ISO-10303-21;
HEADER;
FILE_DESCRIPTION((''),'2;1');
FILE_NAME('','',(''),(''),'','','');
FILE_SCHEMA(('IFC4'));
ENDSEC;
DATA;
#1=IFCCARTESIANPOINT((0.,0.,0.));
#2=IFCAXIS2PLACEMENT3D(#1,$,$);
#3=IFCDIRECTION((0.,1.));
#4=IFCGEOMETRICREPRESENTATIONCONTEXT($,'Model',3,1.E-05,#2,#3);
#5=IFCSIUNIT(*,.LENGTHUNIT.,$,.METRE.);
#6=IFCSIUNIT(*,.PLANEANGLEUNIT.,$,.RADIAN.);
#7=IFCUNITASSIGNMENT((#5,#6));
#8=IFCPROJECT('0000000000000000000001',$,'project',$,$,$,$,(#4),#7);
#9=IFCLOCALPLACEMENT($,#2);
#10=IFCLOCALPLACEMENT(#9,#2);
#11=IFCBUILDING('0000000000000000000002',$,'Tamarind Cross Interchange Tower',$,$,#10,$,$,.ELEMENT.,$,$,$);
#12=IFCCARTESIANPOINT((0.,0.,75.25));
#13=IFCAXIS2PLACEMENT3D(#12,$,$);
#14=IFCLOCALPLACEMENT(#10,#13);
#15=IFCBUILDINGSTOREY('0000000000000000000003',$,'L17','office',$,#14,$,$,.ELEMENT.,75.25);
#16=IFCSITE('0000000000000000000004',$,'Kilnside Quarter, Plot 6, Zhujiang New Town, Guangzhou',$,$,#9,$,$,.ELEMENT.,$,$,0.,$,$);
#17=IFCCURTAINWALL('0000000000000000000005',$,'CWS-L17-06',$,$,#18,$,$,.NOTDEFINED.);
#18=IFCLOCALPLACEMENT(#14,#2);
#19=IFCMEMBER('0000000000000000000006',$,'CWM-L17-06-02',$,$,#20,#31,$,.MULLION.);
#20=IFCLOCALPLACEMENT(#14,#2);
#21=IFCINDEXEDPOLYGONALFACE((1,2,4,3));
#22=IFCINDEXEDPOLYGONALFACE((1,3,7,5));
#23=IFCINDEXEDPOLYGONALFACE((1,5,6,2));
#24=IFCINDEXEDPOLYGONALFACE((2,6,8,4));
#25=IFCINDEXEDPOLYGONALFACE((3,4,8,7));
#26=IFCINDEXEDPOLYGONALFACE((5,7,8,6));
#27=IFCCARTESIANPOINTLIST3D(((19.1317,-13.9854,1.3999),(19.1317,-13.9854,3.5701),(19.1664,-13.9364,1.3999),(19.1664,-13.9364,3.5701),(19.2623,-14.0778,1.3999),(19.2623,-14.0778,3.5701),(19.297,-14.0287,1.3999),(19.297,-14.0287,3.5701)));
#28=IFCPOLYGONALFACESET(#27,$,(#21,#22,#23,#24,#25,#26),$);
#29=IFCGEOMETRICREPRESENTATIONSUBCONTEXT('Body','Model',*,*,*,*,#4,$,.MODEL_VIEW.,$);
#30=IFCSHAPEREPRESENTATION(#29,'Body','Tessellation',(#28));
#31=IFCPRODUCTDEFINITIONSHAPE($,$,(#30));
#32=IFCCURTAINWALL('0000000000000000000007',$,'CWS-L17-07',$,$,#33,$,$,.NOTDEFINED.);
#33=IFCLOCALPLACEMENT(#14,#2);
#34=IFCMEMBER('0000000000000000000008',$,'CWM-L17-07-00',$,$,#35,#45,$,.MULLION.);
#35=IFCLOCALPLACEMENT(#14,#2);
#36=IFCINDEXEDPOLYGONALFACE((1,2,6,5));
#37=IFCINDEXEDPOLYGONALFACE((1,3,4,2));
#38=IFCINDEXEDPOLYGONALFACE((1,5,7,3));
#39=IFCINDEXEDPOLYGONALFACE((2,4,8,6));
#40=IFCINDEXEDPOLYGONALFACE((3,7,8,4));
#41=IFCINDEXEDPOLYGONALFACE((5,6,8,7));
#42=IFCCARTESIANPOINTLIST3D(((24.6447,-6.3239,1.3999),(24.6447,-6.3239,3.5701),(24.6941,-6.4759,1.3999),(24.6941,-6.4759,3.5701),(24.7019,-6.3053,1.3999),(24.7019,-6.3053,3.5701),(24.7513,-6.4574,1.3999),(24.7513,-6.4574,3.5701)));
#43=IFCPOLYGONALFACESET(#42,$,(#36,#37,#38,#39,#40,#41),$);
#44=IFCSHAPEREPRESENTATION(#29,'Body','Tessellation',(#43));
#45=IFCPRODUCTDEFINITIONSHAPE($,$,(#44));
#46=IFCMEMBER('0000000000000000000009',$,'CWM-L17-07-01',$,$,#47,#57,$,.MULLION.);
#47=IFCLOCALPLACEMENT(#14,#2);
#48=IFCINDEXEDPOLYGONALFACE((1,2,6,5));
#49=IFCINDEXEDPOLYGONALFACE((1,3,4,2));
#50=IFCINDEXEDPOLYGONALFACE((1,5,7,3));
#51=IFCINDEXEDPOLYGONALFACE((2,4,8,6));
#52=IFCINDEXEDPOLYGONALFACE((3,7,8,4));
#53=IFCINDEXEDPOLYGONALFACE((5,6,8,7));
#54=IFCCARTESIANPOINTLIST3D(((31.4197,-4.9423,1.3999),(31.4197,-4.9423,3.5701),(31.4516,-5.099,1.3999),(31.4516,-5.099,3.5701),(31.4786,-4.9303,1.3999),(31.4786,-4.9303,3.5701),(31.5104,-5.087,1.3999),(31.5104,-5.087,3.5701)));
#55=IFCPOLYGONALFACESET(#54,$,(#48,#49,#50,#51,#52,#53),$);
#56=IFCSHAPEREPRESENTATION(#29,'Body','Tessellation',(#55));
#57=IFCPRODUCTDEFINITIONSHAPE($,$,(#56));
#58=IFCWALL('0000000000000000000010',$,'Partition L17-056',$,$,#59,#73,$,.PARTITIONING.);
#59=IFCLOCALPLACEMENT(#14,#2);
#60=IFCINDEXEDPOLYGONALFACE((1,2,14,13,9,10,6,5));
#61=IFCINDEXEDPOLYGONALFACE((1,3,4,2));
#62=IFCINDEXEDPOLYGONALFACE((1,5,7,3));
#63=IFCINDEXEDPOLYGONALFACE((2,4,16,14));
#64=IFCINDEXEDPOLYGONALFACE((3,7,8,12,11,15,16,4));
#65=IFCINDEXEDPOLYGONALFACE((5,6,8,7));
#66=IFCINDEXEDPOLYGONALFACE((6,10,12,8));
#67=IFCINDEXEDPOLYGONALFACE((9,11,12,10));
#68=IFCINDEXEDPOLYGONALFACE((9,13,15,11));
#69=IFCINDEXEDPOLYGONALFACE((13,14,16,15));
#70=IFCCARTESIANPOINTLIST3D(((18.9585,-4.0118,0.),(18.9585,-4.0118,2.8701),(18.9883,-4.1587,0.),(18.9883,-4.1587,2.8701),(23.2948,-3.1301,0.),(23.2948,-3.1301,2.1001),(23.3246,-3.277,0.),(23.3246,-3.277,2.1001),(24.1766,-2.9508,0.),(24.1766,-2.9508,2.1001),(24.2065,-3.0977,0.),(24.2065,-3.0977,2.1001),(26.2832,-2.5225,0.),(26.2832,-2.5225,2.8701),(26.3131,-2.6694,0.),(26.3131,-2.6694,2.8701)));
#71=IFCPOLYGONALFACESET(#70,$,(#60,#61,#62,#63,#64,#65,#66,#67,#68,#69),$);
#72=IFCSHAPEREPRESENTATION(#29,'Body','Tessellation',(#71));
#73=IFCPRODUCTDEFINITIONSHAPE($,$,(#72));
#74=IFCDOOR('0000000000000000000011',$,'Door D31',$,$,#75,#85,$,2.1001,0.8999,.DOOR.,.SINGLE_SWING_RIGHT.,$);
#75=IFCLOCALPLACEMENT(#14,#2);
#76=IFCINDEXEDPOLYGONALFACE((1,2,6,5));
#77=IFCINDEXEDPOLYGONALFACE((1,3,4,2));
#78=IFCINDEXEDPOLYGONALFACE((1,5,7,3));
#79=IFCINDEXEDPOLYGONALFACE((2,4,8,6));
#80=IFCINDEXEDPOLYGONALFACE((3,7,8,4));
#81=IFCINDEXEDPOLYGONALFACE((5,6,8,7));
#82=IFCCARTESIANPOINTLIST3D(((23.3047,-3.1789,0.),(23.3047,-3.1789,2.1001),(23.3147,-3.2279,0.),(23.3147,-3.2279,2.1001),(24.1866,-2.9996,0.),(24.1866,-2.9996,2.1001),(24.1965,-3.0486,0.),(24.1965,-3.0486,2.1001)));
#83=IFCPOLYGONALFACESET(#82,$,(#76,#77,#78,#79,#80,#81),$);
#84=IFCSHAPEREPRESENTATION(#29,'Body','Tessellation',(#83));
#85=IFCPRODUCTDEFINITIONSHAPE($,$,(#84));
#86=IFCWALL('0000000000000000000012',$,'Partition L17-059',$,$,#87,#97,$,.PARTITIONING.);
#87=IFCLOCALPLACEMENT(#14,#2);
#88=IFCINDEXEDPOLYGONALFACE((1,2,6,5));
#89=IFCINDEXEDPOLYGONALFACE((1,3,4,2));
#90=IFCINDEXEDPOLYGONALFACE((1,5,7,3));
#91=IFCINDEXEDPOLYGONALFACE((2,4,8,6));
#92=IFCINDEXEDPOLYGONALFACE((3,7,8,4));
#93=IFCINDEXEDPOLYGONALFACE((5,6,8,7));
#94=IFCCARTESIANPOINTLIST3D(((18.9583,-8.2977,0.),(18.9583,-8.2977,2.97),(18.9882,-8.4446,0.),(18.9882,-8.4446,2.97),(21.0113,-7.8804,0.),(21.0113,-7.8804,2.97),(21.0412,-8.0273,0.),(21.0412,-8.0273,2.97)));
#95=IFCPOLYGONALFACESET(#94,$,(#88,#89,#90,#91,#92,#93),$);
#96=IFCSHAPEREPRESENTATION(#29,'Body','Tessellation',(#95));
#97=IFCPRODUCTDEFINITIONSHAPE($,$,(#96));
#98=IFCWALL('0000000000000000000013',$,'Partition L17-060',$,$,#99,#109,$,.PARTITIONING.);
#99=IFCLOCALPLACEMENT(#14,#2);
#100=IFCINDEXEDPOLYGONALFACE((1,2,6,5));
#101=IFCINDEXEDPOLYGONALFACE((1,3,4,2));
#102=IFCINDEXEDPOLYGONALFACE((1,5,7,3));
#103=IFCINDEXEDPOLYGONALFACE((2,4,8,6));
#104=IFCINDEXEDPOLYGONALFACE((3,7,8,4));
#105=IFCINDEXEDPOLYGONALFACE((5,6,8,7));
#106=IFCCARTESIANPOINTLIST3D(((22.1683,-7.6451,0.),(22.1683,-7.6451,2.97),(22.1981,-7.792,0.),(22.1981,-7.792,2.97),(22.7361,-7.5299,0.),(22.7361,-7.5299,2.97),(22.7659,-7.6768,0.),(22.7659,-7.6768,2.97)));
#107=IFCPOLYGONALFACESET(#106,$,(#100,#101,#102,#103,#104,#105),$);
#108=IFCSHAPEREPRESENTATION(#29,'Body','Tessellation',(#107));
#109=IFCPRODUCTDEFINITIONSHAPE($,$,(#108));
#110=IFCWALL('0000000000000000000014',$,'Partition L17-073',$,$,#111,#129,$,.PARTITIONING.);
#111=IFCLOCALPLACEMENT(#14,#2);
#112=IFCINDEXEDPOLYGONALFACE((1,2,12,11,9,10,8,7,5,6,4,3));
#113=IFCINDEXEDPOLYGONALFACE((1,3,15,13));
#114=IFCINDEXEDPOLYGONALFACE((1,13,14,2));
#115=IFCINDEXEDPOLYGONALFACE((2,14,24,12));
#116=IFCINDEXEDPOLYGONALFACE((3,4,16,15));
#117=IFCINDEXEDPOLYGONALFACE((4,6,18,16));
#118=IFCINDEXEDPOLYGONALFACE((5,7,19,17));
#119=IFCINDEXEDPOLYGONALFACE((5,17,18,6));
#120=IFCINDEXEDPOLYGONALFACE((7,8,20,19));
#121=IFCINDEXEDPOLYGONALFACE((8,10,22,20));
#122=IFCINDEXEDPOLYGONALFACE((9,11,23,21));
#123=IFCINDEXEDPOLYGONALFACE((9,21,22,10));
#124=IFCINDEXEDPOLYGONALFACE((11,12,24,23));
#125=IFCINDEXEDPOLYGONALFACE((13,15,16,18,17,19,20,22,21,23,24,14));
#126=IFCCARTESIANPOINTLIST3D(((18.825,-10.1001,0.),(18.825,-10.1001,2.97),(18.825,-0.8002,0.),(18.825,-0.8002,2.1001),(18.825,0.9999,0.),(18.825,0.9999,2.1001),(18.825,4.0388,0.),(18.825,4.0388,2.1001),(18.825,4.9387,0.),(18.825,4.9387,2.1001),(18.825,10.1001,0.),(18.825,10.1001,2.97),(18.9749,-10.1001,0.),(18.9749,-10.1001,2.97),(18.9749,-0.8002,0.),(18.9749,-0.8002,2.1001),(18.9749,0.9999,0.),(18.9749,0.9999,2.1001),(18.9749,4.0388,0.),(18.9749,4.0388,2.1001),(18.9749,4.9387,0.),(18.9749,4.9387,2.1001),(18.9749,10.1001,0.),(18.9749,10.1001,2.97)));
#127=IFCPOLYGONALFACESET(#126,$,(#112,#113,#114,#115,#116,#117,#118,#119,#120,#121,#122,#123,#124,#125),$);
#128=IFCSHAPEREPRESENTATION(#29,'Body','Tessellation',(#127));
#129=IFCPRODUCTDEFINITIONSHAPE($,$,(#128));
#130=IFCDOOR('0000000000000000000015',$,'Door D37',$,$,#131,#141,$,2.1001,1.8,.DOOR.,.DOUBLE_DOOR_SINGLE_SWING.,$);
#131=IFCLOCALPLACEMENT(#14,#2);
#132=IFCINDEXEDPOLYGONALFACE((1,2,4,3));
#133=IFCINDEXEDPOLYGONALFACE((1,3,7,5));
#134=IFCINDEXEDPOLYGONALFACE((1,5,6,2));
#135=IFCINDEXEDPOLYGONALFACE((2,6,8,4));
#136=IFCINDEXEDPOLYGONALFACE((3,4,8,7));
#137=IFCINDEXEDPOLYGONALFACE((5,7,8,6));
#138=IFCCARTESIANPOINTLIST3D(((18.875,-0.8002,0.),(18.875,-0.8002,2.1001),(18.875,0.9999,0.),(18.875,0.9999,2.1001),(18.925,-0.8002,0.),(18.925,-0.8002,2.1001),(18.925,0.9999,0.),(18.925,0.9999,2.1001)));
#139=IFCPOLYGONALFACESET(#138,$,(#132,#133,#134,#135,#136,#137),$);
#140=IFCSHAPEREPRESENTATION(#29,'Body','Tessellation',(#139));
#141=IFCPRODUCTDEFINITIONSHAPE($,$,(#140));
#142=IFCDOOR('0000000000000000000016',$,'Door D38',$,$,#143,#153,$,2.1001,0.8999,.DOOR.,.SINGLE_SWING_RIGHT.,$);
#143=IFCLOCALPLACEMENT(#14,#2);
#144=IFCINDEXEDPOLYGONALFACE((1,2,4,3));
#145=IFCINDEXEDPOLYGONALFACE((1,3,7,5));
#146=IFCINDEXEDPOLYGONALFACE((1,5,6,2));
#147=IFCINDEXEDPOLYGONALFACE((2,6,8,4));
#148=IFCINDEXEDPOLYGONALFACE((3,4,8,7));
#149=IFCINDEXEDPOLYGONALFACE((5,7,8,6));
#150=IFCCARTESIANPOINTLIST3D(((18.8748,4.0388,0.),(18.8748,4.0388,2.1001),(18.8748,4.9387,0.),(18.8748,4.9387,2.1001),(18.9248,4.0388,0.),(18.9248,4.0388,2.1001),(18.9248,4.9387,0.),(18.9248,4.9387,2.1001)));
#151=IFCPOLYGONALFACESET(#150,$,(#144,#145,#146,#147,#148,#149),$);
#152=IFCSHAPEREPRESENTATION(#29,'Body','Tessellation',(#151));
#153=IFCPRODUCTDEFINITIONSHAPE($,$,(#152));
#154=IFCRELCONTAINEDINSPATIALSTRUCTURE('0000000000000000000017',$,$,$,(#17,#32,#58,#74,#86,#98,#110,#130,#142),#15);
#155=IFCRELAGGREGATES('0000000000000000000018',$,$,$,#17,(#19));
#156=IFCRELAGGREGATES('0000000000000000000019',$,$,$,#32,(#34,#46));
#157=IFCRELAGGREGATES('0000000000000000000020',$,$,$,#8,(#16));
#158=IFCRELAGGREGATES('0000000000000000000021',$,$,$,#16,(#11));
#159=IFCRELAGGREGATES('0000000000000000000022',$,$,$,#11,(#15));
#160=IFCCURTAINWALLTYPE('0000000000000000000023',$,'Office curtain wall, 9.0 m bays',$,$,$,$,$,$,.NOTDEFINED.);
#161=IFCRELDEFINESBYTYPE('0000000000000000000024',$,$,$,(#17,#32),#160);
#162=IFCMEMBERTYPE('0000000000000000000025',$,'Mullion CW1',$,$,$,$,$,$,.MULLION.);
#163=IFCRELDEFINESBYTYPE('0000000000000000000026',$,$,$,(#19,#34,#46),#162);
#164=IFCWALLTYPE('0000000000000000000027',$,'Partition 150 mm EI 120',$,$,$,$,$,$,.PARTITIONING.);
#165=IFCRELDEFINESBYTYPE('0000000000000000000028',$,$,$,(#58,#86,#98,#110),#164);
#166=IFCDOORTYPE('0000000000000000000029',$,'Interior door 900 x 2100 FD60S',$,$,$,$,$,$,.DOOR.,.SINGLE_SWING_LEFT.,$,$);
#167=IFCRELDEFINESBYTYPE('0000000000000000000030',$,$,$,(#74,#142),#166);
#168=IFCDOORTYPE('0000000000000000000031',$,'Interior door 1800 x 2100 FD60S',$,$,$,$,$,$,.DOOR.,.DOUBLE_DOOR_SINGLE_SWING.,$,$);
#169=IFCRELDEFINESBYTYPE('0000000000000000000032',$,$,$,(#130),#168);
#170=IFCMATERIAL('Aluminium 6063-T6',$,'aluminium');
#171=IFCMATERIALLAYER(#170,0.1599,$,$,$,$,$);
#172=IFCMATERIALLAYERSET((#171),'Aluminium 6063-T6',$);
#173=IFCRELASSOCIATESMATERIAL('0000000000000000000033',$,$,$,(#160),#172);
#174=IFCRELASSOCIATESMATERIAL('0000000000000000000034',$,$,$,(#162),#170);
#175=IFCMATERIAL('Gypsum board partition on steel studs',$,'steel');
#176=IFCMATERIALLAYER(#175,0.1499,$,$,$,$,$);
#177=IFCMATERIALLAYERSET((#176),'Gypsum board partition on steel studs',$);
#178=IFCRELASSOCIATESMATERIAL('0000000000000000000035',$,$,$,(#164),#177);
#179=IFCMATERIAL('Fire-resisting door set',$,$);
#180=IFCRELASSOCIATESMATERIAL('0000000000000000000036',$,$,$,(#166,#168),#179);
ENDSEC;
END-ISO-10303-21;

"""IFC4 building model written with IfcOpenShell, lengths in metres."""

from ifc_helpers import new_model, si_unit, direction, frame, frame_2d, origin, origin_2d, place, context, subcontext, project, spatial, rectangle, extrude, material, layer, layer_set, material_profile, profile_set, type_object, element, fill, aggregate, save


model = new_model("IFC4")

# Units and contexts
model_context = context("Model", 3, precision=1e-05, world=origin(), true_north=direction((0.0, 1.0)))
body_context = subcontext(model_context, "Body", "Model", "MODEL_VIEW")
ifc_project = project(units=[si_unit("LENGTHUNIT", "METRE"), si_unit("PLANEANGLEUNIT", "RADIAN")], contexts=[model_context])

# Site, building, storey
site_placement = place(None, origin())
site = spatial("IfcSite", under=ifc_project, at=site_placement, Name="Kilnside Quarter, Plot 6, Zhujiang New Town, Guangzhou", CompositionType="ELEMENT", RefElevation=0.0)
building_placement = place(site_placement, origin())
building = spatial("IfcBuilding", under=site, at=building_placement, Name="Tamarind Cross Interchange Tower", CompositionType="ELEMENT")
storey_placement = place(building_placement, frame((0.0, 0.0, 75.25)))
storey = spatial("IfcBuildingStorey", under=building, at=storey_placement, Name="L17", Description="office", CompositionType="ELEMENT", Elevation=75.25)

# Curtain wall, member
ifc_material_1 = material(Name="Aluminium 6063-T6", Category="aluminium")
ifc_layer_1 = layer(ifc_material_1, 0.1599)
ifc_layer_set_1 = layer_set([ifc_layer_1], Name="Aluminium 6063-T6")
curtain_wall_type = type_object("IfcCurtainWallType", Name="Office curtain wall, 9.0 m bays", PredefinedType="NOTDEFINED", material=ifc_layer_set_1)
curtain_wall_1_placement = place(storey_placement, origin())
curtain_wall_1 = element("IfcCurtainWall", 1, at=curtain_wall_1_placement, inside=storey, type_object=curtain_wall_type, Name="CWS-L17-06", PredefinedType="NOTDEFINED")
ifc_material_profile_1 = material_profile(ifc_material_1, rectangle(XDim=0.0601, YDim=0.1599, at=origin_2d()), Name="Mullion CW1")
ifc_profile_set_1 = profile_set([ifc_material_profile_1], Name="Aluminium 6063-T6")
member_type = type_object("IfcMemberType", Name="Mullion CW1", PredefinedType="MULLION", material=ifc_profile_set_1)
member_1_placement = place(storey_placement, frame((19.2144, -14.0071, 1.3999), z_axis=(0.0, 0.0, 1.0), x_axis=(0.577569, 0.816342, 0.0)))
member_1 = element("IfcMember", 2, at=member_1_placement, type_object=member_type, Name="CWM-L17-06-02", PredefinedType="MULLION", context=body_context, shape_type="SweptSolid", body=[
    extrude(rectangle(XDim=0.0601, YDim=0.1599, at=origin_2d()), origin(), (0.0, 0.0, 1.0), 2.1702),
])
aggregate(curtain_wall_1, [member_1])

# Curtain wall, members
curtain_wall_2_placement = place(storey_placement, origin())
curtain_wall_2 = element("IfcCurtainWall", 3, at=curtain_wall_2_placement, inside=storey, type_object=curtain_wall_type, Name="CWS-L17-07", PredefinedType="NOTDEFINED")
member_2_placement = place(storey_placement, frame((24.698, -6.3906, 1.3999), z_axis=(0.0, 0.0, 1.0), x_axis=(0.951121, 0.308819, 0.0)))
member_2 = element("IfcMember", 4, at=member_2_placement, type_object=member_type, Name="CWM-L17-07-00", PredefinedType="MULLION", context=body_context, shape_type="SweptSolid", body=[
    extrude(rectangle(XDim=0.0601, YDim=0.1599, at=origin_2d()), origin(), (0.0, 0.0, 1.0), 2.1702),
])
member_3_placement = place(storey_placement, frame((31.4651, -5.0146, 1.3999), z_axis=(0.0, 0.0, 1.0), x_axis=(0.97995, 0.199245, 0.0)))
member_3 = element("IfcMember", 5, at=member_3_placement, type_object=member_type, Name="CWM-L17-07-01", PredefinedType="MULLION", context=body_context, shape_type="SweptSolid", body=[
    extrude(rectangle(XDim=0.0601, YDim=0.1599, at=origin_2d()), origin(), (0.0, 0.0, 1.0), 2.1702),
])
aggregate(curtain_wall_2, [member_2, member_3])

# Wall, opening, door
ifc_material_2 = material(Name="Gypsum board partition on steel studs", Category="steel")
ifc_layer_2 = layer(ifc_material_2, 0.1499)
ifc_layer_set_2 = layer_set([ifc_layer_2], Name="Gypsum board partition on steel studs")
wall_type = type_object("IfcWallType", Name="Partition 150 mm EI 120", PredefinedType="PARTITIONING", material=ifc_layer_set_2)
wall_1_placement = place(storey_placement, frame((18.9734, -4.0852, 0.0), z_axis=(0.0, 0.0, 1.0), x_axis=(0.97995, 0.199243, 0.0)))
wall_1 = element("IfcWall", 6, at=wall_1_placement, inside=storey, type_object=wall_type, Name="Partition L17-056", PredefinedType="PARTITIONING", context=body_context, shape_type="SweptSolid", body=[
    extrude(rectangle(XDim=7.4746, YDim=0.1499, at=frame_2d((3.7373, 0.0))), origin(), (0.0, 0.0, 1.0), 2.8701),
])
opening_1_placement = place(wall_1_placement, frame((4.425, 0.0, 0.0)))
opening_1 = element("IfcOpeningElement", 7, at=opening_1_placement, cuts=wall_1, PredefinedType="OPENING", context=body_context, shape_type="SweptSolid", body=[
    extrude(rectangle(XDim=0.8999, YDim=2.1001, at=frame_2d((0.45, 1.05))), frame((0.0, 0.085, 0.0), z_axis=(0.0, -1.0, 0.0), x_axis=(1.0, 0.0, 0.0)), (0.0, 0.0, 1.0), 0.1699),
])
ifc_material_3 = material(Name="Fire-resisting door set")
door_type_1 = type_object("IfcDoorType", Name="Interior door 900 x 2100 FD60S", OperationType="SINGLE_SWING_LEFT", PredefinedType="DOOR", material=ifc_material_3)
door_1_placement = place(opening_1_placement, frame((0.8999, 0.0, 0.0), z_axis=(0.0, 0.0, 1.0), x_axis=(-1.0, 0.0, 0.0)))
door_1 = element("IfcDoor", 8, at=door_1_placement, inside=storey, type_object=door_type_1, Name="Door D31", OperationType="SINGLE_SWING_RIGHT", OverallHeight=2.1001, OverallWidth=0.8999, PredefinedType="DOOR", context=body_context, shape_type="SweptSolid", body=[
    extrude(rectangle(XDim=0.8999, YDim=2.1001, at=frame_2d((0.45, 1.05))), frame((0.0, 0.0249, 0.0), z_axis=(0.0, -1.0, 0.0), x_axis=(1.0, 0.0, 0.0)), (0.0, 0.0, 1.0), 0.05),
])
fill(opening_1, door_1)

# Walls
wall_2_placement = place(storey_placement, frame((18.9734, -8.3711, 0.0), z_axis=(0.0, 0.0, 1.0), x_axis=(0.979966, 0.199163, 0.0)))
element("IfcWall", 9, at=wall_2_placement, inside=storey, type_object=wall_type, Name="Partition L17-059", PredefinedType="PARTITIONING", context=body_context, shape_type="SweptSolid", body=[
    extrude(rectangle(XDim=2.095, YDim=0.1499, at=frame_2d((1.0474, 0.0))), origin(), (0.0, 0.0, 1.0), 2.97),
])
wall_3_placement = place(storey_placement, frame((22.1833, -7.7185, 0.0), z_axis=(0.0, 0.0, 1.0), x_axis=(0.980026, 0.19887, 0.0)))
element("IfcWall", 10, at=wall_3_placement, inside=storey, type_object=wall_type, Name="Partition L17-060", PredefinedType="PARTITIONING", context=body_context, shape_type="SweptSolid", body=[
    extrude(rectangle(XDim=0.5793, YDim=0.1499, at=frame_2d((0.2896, 0.0))), origin(), (0.0, 0.0, 1.0), 2.97),
])

# Wall, openings, doors
wall_4_placement = place(storey_placement, frame((18.8999, -10.1001, 0.0), z_axis=(0.0, 0.0, 1.0), x_axis=(0.0, 1.0, 0.0)))
wall_4 = element("IfcWall", 11, at=wall_4_placement, inside=storey, type_object=wall_type, Name="Partition L17-073", PredefinedType="PARTITIONING", context=body_context, shape_type="SweptSolid", body=[
    extrude(rectangle(XDim=20.2002, YDim=0.1499, at=frame_2d((10.1001, 0.0))), origin(), (0.0, 0.0, 1.0), 2.97),
])
opening_2_placement = place(wall_4_placement, frame((9.3, 0.0, 0.0)))
opening_2 = element("IfcOpeningElement", 12, at=opening_2_placement, cuts=wall_4, PredefinedType="OPENING", context=body_context, shape_type="SweptSolid", body=[
    extrude(rectangle(XDim=1.8, YDim=2.1001, at=frame_2d((0.8999, 1.05))), frame((0.0, 0.085, 0.0), z_axis=(0.0, -1.0, 0.0), x_axis=(1.0, 0.0, 0.0)), (0.0, 0.0, 1.0), 0.1699),
])
opening_3_placement = place(wall_4_placement, frame((14.1389, 0.0, 0.0)))
opening_3 = element("IfcOpeningElement", 13, at=opening_3_placement, cuts=wall_4, PredefinedType="OPENING", context=body_context, shape_type="SweptSolid", body=[
    extrude(rectangle(XDim=0.8999, YDim=2.1001, at=frame_2d((0.45, 1.05))), frame((0.0, 0.085, 0.0), z_axis=(0.0, -1.0, 0.0), x_axis=(1.0, 0.0, 0.0)), (0.0, 0.0, 1.0), 0.1699),
])
door_type_2 = type_object("IfcDoorType", Name="Interior door 1800 x 2100 FD60S", OperationType="DOUBLE_DOOR_SINGLE_SWING", PredefinedType="DOOR", material=ifc_material_3)
door_2_placement = place(opening_2_placement, origin())
door_2 = element("IfcDoor", 14, at=door_2_placement, inside=storey, type_object=door_type_2, Name="Door D37", OperationType="DOUBLE_DOOR_SINGLE_SWING", OverallHeight=2.1001, OverallWidth=1.8, PredefinedType="DOOR", context=body_context, shape_type="SweptSolid", body=[
    extrude(rectangle(XDim=1.8, YDim=2.1001, at=frame_2d((0.8999, 1.05))), frame((0.0, 0.0249, 0.0), z_axis=(0.0, -1.0, 0.0), x_axis=(1.0, 0.0, 0.0)), (0.0, 0.0, 1.0), 0.05),
])
fill(opening_2, door_2)
door_3_placement = place(opening_3_placement, frame((0.8999, 0.0, 0.0), z_axis=(0.0, 0.0, 1.0), x_axis=(-1.0, 0.0, 0.0)))
door_3 = element("IfcDoor", 15, at=door_3_placement, inside=storey, type_object=door_type_1, Name="Door D38", OperationType="SINGLE_SWING_RIGHT", OverallHeight=2.1001, OverallWidth=0.8999, PredefinedType="DOOR", context=body_context, shape_type="SweptSolid", body=[
    extrude(rectangle(XDim=0.8999, YDim=2.1001, at=frame_2d((0.45, 1.05))), frame((0.0, 0.0249, 0.0), z_axis=(0.0, -1.0, 0.0), x_axis=(1.0, 0.0, 0.0)), (0.0, 0.0, 1.0), 0.05),
])
fill(opening_3, door_3)

save(model, "model.ifc")
